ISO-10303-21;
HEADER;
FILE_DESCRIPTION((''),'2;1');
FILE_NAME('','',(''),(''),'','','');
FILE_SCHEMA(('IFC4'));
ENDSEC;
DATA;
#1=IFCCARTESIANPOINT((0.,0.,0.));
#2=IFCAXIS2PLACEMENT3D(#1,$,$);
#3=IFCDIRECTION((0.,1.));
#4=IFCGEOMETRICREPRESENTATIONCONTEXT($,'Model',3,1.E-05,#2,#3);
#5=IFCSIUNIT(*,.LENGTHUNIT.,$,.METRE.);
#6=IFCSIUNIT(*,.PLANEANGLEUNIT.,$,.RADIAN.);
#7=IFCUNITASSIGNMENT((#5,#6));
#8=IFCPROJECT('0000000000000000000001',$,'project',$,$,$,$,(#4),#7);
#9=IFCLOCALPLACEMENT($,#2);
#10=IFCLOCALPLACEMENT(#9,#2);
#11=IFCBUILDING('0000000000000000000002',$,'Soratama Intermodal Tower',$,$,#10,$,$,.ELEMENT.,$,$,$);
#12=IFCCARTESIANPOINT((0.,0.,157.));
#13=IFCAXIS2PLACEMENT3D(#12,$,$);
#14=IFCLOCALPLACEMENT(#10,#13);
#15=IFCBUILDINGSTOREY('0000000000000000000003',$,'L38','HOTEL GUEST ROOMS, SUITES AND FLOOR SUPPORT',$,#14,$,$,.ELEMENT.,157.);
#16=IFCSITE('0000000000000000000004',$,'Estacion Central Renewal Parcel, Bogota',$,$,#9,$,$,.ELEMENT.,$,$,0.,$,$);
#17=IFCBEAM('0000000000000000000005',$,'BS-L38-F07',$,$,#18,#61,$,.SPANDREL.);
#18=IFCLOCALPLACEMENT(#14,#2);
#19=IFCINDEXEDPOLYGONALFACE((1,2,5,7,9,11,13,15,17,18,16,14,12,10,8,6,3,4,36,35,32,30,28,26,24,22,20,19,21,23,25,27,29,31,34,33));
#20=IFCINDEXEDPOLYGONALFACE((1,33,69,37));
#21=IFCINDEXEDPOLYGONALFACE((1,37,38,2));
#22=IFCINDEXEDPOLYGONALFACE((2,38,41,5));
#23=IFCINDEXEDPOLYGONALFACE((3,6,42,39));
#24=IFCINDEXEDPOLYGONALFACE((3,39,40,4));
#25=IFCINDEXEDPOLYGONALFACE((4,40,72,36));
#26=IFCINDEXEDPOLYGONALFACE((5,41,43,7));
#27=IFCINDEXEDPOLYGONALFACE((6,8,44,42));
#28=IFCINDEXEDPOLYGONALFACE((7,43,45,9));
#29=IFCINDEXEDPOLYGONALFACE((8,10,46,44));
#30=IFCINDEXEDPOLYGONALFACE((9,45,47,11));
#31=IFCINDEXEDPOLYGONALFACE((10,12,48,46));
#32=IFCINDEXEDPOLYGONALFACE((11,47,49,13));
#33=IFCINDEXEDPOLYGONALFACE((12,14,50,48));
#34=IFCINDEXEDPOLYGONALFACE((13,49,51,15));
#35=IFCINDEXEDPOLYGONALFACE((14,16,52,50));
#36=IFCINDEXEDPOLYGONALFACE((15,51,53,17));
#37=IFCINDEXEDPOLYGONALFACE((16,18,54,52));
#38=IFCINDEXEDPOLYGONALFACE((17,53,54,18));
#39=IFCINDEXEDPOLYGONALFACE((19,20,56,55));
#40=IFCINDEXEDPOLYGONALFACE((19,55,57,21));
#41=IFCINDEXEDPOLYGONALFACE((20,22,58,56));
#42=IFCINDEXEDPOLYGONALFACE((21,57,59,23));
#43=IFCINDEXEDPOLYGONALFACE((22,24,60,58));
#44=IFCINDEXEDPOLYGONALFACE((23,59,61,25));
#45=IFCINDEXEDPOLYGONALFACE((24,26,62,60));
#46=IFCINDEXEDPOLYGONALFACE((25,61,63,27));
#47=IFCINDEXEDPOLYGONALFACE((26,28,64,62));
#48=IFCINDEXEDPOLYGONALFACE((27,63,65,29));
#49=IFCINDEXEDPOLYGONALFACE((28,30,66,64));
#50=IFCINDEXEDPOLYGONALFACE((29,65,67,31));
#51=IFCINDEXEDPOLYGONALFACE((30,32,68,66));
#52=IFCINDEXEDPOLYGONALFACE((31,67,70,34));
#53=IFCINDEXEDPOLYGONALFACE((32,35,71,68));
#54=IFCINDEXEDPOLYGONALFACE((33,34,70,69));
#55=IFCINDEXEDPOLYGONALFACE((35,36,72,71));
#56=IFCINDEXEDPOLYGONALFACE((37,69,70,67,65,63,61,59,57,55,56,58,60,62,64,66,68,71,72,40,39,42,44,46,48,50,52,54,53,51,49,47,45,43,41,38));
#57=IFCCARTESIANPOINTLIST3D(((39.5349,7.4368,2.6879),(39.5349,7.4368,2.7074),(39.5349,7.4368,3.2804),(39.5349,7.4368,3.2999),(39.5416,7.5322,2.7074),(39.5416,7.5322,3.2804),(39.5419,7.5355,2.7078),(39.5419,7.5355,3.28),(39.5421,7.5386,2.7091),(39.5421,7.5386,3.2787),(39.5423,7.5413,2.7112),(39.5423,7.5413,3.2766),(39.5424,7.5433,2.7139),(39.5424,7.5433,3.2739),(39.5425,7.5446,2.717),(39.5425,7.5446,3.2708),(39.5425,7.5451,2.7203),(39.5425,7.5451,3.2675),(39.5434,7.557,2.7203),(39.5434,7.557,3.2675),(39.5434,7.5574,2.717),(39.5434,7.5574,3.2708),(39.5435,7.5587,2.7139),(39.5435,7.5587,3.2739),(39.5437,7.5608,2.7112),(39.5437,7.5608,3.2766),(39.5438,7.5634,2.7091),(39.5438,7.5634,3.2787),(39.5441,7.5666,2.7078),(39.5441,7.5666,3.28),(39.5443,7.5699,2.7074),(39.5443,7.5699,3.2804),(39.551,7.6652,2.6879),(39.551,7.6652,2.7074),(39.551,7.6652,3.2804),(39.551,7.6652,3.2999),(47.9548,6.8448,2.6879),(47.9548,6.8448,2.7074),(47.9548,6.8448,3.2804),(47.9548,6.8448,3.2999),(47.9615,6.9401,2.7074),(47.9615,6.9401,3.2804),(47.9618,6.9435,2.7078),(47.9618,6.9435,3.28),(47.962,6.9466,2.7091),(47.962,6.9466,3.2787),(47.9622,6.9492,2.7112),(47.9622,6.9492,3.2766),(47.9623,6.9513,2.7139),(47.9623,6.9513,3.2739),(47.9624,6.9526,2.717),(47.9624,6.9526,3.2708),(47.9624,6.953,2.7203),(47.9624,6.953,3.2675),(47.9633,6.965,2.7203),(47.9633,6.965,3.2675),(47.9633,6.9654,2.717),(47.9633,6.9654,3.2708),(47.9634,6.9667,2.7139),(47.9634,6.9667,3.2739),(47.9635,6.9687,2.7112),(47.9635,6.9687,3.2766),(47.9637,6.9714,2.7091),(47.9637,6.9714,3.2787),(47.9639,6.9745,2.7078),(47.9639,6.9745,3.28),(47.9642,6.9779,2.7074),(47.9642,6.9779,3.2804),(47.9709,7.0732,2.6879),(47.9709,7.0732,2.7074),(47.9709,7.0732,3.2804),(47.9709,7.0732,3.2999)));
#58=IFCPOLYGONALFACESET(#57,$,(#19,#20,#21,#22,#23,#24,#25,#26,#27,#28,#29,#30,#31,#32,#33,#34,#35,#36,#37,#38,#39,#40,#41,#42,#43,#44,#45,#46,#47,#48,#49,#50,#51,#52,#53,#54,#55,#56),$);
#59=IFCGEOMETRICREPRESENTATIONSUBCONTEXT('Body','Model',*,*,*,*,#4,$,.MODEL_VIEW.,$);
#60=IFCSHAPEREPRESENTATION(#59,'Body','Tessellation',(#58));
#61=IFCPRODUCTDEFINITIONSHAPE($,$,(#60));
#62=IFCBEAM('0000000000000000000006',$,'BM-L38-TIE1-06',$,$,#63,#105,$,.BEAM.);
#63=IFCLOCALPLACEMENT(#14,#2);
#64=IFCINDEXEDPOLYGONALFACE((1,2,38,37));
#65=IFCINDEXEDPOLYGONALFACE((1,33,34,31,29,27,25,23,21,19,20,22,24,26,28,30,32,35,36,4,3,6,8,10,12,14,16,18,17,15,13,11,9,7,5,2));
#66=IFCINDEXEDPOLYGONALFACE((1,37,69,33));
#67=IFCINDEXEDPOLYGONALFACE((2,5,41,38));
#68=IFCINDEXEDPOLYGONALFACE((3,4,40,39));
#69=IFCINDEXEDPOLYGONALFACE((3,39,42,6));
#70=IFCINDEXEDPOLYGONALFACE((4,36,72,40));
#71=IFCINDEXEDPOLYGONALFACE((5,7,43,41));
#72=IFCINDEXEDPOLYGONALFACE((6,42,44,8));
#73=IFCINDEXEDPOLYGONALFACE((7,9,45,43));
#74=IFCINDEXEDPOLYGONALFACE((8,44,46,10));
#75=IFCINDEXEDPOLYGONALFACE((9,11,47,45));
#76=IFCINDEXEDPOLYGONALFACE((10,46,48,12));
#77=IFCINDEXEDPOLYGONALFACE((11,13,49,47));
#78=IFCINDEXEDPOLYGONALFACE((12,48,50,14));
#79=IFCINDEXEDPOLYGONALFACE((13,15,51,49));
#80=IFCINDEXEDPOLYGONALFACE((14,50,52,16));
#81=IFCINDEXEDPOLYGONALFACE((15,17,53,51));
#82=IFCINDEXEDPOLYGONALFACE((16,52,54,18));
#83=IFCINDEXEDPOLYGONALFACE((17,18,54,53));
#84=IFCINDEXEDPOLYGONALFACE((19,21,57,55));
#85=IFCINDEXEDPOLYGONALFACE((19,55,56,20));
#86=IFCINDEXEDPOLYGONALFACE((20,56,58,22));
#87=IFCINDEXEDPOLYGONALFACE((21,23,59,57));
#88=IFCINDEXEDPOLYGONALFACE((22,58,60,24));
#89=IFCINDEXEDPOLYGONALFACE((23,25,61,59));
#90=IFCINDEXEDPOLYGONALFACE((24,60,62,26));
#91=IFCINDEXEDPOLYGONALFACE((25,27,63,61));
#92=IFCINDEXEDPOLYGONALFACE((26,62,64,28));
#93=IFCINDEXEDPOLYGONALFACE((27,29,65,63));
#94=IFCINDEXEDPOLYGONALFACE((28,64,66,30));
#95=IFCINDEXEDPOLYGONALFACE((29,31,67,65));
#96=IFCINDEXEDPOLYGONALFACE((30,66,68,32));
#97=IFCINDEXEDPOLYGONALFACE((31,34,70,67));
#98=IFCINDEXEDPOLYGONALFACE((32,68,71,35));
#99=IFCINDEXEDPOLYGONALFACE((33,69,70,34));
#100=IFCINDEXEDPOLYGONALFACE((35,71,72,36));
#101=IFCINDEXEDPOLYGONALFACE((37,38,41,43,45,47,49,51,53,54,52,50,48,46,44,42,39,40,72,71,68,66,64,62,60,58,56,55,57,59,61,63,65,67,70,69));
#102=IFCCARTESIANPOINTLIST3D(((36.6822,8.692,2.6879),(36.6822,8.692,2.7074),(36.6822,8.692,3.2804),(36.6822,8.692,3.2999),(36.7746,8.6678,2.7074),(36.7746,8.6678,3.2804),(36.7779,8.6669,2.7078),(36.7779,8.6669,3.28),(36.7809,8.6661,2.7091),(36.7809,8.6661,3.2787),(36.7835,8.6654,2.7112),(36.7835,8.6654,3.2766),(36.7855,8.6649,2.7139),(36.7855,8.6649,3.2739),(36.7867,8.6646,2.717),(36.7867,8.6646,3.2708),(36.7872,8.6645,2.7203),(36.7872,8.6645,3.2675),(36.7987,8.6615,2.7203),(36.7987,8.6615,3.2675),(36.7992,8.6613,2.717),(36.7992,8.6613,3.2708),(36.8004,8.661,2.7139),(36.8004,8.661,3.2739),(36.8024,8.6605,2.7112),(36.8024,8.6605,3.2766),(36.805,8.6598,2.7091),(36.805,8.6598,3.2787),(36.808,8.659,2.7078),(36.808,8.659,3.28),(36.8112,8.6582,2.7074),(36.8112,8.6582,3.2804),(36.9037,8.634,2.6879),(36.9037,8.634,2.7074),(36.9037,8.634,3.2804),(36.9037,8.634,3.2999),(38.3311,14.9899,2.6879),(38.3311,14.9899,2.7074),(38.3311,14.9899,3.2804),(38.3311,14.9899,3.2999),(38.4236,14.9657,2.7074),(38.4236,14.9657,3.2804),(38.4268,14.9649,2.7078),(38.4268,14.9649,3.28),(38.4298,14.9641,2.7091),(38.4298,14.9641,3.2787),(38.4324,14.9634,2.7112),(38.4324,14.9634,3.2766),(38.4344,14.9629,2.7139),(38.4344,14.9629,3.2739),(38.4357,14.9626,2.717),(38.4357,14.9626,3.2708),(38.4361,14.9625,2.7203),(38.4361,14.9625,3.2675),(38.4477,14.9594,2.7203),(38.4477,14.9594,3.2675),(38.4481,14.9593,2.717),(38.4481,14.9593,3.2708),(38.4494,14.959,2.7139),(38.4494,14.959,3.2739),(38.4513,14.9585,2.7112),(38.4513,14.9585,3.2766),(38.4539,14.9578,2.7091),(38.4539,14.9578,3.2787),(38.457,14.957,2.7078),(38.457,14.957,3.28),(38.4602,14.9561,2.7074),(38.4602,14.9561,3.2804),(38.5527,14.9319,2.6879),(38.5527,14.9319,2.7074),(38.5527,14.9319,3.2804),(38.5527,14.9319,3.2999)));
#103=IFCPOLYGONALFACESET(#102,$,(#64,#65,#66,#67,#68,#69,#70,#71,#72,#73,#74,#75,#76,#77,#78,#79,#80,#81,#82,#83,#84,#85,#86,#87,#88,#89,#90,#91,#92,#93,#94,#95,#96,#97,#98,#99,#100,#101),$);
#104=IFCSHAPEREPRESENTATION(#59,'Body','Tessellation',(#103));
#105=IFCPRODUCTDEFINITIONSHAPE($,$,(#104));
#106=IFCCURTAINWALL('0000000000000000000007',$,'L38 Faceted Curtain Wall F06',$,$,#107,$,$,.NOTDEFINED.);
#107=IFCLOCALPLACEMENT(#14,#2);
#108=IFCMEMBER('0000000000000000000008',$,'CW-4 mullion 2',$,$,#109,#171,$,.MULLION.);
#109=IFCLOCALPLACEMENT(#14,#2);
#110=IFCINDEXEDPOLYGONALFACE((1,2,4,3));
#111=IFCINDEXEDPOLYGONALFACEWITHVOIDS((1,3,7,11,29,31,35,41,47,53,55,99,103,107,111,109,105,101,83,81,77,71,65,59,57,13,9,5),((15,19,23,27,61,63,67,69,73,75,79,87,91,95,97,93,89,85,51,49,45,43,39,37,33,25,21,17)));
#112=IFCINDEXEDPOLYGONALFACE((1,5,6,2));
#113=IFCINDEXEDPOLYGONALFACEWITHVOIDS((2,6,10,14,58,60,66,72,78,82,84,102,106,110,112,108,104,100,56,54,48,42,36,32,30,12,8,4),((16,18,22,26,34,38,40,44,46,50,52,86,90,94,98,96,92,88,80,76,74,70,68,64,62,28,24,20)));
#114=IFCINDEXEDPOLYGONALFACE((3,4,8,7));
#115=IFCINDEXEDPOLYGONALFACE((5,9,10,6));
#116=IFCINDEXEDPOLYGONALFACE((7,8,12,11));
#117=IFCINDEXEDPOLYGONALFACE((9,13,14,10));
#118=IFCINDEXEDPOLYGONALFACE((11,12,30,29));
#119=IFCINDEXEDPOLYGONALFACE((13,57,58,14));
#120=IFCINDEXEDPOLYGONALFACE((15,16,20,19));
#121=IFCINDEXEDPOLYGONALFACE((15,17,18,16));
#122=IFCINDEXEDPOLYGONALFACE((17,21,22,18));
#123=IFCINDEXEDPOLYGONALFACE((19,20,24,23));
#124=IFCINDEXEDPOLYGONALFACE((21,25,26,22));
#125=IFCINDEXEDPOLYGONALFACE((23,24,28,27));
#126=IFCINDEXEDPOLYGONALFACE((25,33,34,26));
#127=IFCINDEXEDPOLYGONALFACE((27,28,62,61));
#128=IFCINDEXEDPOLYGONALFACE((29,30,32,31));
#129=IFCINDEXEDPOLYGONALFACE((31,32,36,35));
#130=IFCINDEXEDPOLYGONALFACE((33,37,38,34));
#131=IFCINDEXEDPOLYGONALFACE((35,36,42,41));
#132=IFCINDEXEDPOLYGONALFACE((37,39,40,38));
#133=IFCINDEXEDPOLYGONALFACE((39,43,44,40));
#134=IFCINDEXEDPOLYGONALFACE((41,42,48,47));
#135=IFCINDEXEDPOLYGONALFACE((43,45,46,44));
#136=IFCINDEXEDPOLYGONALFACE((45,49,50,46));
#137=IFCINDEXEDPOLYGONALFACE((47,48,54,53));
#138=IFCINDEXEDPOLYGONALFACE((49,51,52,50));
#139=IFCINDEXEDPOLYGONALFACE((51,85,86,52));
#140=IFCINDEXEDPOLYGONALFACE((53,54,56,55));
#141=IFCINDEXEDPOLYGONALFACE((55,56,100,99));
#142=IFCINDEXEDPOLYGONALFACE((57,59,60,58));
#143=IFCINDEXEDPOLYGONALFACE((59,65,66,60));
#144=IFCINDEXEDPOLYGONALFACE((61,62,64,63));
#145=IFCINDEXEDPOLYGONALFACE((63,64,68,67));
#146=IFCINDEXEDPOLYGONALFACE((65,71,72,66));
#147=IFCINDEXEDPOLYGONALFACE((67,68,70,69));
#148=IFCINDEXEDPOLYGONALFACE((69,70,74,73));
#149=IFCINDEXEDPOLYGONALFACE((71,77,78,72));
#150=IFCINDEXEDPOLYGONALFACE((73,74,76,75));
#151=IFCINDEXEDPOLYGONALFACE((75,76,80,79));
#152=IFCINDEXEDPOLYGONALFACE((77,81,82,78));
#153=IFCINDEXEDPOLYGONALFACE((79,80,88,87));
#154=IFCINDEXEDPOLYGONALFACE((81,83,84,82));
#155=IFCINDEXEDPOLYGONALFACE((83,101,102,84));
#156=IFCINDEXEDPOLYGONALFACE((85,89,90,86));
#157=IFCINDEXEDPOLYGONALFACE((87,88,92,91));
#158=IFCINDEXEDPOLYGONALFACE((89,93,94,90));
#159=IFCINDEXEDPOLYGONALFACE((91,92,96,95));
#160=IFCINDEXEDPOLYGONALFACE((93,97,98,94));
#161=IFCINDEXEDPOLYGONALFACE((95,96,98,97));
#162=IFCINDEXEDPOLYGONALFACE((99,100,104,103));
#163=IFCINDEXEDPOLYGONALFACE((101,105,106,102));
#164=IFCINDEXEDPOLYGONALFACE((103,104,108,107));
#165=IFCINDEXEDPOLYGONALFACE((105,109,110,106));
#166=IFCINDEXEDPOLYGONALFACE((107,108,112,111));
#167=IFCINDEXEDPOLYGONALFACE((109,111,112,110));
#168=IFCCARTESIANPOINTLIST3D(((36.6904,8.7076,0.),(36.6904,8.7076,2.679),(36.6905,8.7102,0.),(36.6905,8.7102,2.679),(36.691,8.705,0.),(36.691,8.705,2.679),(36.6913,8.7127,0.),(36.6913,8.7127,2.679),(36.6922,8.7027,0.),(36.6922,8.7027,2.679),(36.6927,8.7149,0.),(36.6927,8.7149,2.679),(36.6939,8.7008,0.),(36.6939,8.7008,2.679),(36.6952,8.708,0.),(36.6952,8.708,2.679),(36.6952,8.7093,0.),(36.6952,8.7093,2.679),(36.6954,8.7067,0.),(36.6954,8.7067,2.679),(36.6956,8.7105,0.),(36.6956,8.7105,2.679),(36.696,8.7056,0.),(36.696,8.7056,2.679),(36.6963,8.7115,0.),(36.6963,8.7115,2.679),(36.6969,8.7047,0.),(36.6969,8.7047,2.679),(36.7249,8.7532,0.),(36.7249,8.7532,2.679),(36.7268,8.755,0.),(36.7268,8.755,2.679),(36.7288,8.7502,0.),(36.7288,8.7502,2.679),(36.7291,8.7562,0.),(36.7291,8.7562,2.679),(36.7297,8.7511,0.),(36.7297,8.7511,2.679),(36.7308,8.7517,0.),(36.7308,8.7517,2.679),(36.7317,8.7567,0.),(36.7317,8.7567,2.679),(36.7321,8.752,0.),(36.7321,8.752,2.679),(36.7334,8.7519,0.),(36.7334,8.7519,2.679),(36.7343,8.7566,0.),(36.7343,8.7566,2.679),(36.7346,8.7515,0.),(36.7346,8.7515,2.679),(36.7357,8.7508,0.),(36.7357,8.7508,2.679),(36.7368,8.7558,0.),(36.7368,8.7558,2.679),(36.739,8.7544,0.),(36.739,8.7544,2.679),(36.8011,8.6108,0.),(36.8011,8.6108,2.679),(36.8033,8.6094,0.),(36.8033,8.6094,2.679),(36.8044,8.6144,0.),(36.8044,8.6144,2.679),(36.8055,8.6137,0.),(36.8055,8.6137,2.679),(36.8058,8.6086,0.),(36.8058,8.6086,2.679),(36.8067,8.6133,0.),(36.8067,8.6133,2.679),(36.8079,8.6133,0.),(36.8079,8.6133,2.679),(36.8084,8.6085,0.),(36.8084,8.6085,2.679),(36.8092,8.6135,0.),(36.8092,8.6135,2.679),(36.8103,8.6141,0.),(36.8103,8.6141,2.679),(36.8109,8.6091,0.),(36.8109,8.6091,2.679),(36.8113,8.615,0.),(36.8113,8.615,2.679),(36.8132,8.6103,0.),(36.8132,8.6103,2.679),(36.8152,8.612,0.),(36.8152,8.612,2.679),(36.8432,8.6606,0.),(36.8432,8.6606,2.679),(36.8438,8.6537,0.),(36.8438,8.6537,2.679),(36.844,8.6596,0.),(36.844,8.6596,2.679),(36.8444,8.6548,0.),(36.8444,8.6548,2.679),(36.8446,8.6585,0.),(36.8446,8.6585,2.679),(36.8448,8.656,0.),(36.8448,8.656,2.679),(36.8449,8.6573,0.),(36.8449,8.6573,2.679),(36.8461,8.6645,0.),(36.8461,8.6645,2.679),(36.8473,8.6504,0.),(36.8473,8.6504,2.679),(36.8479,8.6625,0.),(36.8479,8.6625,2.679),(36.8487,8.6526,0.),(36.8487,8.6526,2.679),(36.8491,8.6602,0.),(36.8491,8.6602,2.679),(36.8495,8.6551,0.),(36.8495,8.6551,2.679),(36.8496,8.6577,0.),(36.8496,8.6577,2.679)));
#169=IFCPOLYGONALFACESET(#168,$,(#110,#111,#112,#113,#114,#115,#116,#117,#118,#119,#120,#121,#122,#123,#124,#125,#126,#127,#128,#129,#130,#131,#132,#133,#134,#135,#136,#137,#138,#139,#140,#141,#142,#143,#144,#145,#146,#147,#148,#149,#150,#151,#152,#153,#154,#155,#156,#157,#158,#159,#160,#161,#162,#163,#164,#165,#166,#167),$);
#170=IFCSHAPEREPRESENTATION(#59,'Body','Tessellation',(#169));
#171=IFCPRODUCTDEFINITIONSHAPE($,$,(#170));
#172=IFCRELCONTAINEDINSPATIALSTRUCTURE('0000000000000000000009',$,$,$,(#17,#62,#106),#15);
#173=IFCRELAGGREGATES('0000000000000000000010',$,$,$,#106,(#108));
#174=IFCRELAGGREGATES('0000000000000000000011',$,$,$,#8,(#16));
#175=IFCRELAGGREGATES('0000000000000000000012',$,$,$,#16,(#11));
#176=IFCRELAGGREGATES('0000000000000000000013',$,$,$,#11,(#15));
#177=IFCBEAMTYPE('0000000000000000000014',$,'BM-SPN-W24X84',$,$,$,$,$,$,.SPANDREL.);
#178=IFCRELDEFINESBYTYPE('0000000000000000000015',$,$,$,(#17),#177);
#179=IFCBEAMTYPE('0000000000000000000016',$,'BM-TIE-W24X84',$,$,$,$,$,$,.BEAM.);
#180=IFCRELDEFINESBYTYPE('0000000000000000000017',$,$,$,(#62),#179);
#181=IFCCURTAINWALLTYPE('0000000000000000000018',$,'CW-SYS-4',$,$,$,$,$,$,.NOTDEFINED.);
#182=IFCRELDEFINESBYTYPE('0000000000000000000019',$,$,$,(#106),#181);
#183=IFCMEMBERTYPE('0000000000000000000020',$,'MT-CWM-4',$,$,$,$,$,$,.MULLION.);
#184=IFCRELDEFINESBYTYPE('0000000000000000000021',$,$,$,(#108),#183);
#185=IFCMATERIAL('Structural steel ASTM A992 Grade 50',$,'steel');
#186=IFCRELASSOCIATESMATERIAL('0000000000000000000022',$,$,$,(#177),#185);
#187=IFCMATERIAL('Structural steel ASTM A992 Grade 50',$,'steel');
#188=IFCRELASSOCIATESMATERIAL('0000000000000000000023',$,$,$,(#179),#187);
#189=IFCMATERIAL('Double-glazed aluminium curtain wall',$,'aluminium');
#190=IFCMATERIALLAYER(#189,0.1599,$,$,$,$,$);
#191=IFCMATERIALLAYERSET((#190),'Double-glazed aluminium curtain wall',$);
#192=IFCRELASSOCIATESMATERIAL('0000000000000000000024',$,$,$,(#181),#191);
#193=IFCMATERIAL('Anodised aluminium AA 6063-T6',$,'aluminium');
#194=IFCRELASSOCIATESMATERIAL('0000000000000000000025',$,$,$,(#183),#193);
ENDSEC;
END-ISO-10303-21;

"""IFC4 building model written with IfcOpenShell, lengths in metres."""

from ifc_helpers import new_model, si_unit, direction, frame, origin, origin_2d, place, context, subcontext, project, spatial, hollow_rectangle, i_section, extrude, material, layer, layer_set, material_profile, profile_set, type_object, element, aggregate, save


model = new_model("IFC4")

# Units and contexts
model_context = context("Model", 3, precision=1e-05, world=origin(), true_north=direction((0.0, 1.0)))
body_context = subcontext(model_context, "Body", "Model", "MODEL_VIEW")
ifc_project = project(units=[si_unit("LENGTHUNIT", "METRE"), si_unit("PLANEANGLEUNIT", "RADIAN")], contexts=[model_context])

# Site, building, storey
site_placement = place(None, origin())
site = spatial("IfcSite", under=ifc_project, at=site_placement, Name="Estacion Central Renewal Parcel, Bogota", CompositionType="ELEMENT", RefElevation=0.0)
building_placement = place(site_placement, origin())
building = spatial("IfcBuilding", under=site, at=building_placement, Name="Soratama Intermodal Tower", CompositionType="ELEMENT")
storey_placement = place(building_placement, frame((0.0, 0.0, 157.0)))
storey = spatial("IfcBuildingStorey", under=building, at=storey_placement, Name="L38", Description="HOTEL GUEST ROOMS, SUITES AND FLOOR SUPPORT", CompositionType="ELEMENT", Elevation=157.0)

# Beams
ifc_material_1 = material(Name="Structural steel ASTM A992 Grade 50", Category="steel")
ifc_material_profile_1 = material_profile(ifc_material_1, i_section(OverallWidth=0.229, OverallDepth=0.6121, WebThickness=0.012, FlangeThickness=0.0195, FilletRadius=0.0129, at=origin_2d()), Name="W24X84")
ifc_profile_set_1 = profile_set([ifc_material_profile_1], Name="Structural steel ASTM A992 Grade 50")
beam_type_1 = type_object("IfcBeamType", Name="BM-SPN-W24X84", PredefinedType="SPANDREL", material=ifc_profile_set_1)
beam_1_placement = place(storey_placement, frame((39.543, 7.551, 2.9939), z_axis=(0.997537, -0.070141, 0.0), x_axis=(0.070141, 0.997537, 0.0)))
element("IfcBeam", 1, at=beam_1_placement, inside=storey, type_object=beam_type_1, Name="BS-L38-F07", PredefinedType="SPANDREL", context=body_context, shape_type="SweptSolid", body=[
    extrude(i_section(OverallWidth=0.229, OverallDepth=0.6121, WebThickness=0.012, FlangeThickness=0.0195, FilletRadius=0.0129, at=origin_2d()), origin(), (0.0, 0.0, 1.0), 8.4407),
])
ifc_material_2 = material(Name="Structural steel ASTM A992 Grade 50", Category="steel")
ifc_material_profile_2 = material_profile(ifc_material_2, i_section(OverallWidth=0.229, OverallDepth=0.6121, WebThickness=0.012, FlangeThickness=0.0195, FilletRadius=0.0129, at=origin_2d()), Name="W24X84")
ifc_profile_set_2 = profile_set([ifc_material_profile_2], Name="Structural steel ASTM A992 Grade 50")
beam_type_2 = type_object("IfcBeamType", Name="BM-TIE-W24X84", PredefinedType="BEAM", material=ifc_profile_set_2)
beam_2_placement = place(storey_placement, frame((38.4419, 14.9609, 2.9939), z_axis=(-0.253286, -0.967391, 0.0), x_axis=(0.967391, -0.253286, 0.0)))
element("IfcBeam", 2, at=beam_2_placement, inside=storey, type_object=beam_type_2, Name="BM-L38-TIE1-06", PredefinedType="BEAM", context=body_context, shape_type="SweptSolid", body=[
    extrude(i_section(OverallWidth=0.229, OverallDepth=0.6121, WebThickness=0.012, FlangeThickness=0.0195, FilletRadius=0.0129, at=origin_2d()), origin(), (0.0, 0.0, 1.0), 6.5103),
])

# Curtain wall, member
ifc_material_3 = material(Name="Double-glazed aluminium curtain wall", Category="aluminium")
ifc_layer_1 = layer(ifc_material_3, 0.1599)
ifc_layer_set_1 = layer_set([ifc_layer_1], Name="Double-glazed aluminium curtain wall")
curtain_wall_type = type_object("IfcCurtainWallType", Name="CW-SYS-4", PredefinedType="NOTDEFINED", material=ifc_layer_set_1)
curtain_wall_1_placement = place(storey_placement, origin())
curtain_wall_1 = element("IfcCurtainWall", 3, at=curtain_wall_1_placement, inside=storey, type_object=curtain_wall_type, Name="L38 Faceted Curtain Wall F06", PredefinedType="NOTDEFINED")
ifc_material_4 = material(Name="Anodised aluminium AA 6063-T6", Category="aluminium")
ifc_material_profile_3 = material_profile(ifc_material_4, hollow_rectangle(XDim=0.0701, YDim=0.1599, WallThickness=0.0049, InnerFilletRadius=0.0049, OuterFilletRadius=0.01, at=origin_2d()), Name="CWM160X70X5")
ifc_profile_set_3 = profile_set([ifc_material_profile_3], Name="Anodised aluminium AA 6063-T6")
member_type_1 = type_object("IfcMemberType", Name="MT-CWM-4", PredefinedType="MULLION", material=ifc_profile_set_3)
member_1_placement = place(storey_placement, frame((36.77, 8.6826, 0.0), z_axis=(0.0, 0.0, 1.0), x_axis=(0.643055, 0.76582, 0.0)))
member_1 = element("IfcMember", 4, at=member_1_placement, type_object=member_type_1, Name="CW-4 mullion 2", PredefinedType="MULLION", context=body_context, shape_type="SweptSolid", body=[
    extrude(hollow_rectangle(XDim=0.0701, YDim=0.1599, WallThickness=0.0049, InnerFilletRadius=0.0049, OuterFilletRadius=0.01, at=origin_2d()), origin(), (0.0, 0.0, 1.0), 2.679),
])

aggregate(curtain_wall_1, [member_1])

save(model, "model.ifc")
